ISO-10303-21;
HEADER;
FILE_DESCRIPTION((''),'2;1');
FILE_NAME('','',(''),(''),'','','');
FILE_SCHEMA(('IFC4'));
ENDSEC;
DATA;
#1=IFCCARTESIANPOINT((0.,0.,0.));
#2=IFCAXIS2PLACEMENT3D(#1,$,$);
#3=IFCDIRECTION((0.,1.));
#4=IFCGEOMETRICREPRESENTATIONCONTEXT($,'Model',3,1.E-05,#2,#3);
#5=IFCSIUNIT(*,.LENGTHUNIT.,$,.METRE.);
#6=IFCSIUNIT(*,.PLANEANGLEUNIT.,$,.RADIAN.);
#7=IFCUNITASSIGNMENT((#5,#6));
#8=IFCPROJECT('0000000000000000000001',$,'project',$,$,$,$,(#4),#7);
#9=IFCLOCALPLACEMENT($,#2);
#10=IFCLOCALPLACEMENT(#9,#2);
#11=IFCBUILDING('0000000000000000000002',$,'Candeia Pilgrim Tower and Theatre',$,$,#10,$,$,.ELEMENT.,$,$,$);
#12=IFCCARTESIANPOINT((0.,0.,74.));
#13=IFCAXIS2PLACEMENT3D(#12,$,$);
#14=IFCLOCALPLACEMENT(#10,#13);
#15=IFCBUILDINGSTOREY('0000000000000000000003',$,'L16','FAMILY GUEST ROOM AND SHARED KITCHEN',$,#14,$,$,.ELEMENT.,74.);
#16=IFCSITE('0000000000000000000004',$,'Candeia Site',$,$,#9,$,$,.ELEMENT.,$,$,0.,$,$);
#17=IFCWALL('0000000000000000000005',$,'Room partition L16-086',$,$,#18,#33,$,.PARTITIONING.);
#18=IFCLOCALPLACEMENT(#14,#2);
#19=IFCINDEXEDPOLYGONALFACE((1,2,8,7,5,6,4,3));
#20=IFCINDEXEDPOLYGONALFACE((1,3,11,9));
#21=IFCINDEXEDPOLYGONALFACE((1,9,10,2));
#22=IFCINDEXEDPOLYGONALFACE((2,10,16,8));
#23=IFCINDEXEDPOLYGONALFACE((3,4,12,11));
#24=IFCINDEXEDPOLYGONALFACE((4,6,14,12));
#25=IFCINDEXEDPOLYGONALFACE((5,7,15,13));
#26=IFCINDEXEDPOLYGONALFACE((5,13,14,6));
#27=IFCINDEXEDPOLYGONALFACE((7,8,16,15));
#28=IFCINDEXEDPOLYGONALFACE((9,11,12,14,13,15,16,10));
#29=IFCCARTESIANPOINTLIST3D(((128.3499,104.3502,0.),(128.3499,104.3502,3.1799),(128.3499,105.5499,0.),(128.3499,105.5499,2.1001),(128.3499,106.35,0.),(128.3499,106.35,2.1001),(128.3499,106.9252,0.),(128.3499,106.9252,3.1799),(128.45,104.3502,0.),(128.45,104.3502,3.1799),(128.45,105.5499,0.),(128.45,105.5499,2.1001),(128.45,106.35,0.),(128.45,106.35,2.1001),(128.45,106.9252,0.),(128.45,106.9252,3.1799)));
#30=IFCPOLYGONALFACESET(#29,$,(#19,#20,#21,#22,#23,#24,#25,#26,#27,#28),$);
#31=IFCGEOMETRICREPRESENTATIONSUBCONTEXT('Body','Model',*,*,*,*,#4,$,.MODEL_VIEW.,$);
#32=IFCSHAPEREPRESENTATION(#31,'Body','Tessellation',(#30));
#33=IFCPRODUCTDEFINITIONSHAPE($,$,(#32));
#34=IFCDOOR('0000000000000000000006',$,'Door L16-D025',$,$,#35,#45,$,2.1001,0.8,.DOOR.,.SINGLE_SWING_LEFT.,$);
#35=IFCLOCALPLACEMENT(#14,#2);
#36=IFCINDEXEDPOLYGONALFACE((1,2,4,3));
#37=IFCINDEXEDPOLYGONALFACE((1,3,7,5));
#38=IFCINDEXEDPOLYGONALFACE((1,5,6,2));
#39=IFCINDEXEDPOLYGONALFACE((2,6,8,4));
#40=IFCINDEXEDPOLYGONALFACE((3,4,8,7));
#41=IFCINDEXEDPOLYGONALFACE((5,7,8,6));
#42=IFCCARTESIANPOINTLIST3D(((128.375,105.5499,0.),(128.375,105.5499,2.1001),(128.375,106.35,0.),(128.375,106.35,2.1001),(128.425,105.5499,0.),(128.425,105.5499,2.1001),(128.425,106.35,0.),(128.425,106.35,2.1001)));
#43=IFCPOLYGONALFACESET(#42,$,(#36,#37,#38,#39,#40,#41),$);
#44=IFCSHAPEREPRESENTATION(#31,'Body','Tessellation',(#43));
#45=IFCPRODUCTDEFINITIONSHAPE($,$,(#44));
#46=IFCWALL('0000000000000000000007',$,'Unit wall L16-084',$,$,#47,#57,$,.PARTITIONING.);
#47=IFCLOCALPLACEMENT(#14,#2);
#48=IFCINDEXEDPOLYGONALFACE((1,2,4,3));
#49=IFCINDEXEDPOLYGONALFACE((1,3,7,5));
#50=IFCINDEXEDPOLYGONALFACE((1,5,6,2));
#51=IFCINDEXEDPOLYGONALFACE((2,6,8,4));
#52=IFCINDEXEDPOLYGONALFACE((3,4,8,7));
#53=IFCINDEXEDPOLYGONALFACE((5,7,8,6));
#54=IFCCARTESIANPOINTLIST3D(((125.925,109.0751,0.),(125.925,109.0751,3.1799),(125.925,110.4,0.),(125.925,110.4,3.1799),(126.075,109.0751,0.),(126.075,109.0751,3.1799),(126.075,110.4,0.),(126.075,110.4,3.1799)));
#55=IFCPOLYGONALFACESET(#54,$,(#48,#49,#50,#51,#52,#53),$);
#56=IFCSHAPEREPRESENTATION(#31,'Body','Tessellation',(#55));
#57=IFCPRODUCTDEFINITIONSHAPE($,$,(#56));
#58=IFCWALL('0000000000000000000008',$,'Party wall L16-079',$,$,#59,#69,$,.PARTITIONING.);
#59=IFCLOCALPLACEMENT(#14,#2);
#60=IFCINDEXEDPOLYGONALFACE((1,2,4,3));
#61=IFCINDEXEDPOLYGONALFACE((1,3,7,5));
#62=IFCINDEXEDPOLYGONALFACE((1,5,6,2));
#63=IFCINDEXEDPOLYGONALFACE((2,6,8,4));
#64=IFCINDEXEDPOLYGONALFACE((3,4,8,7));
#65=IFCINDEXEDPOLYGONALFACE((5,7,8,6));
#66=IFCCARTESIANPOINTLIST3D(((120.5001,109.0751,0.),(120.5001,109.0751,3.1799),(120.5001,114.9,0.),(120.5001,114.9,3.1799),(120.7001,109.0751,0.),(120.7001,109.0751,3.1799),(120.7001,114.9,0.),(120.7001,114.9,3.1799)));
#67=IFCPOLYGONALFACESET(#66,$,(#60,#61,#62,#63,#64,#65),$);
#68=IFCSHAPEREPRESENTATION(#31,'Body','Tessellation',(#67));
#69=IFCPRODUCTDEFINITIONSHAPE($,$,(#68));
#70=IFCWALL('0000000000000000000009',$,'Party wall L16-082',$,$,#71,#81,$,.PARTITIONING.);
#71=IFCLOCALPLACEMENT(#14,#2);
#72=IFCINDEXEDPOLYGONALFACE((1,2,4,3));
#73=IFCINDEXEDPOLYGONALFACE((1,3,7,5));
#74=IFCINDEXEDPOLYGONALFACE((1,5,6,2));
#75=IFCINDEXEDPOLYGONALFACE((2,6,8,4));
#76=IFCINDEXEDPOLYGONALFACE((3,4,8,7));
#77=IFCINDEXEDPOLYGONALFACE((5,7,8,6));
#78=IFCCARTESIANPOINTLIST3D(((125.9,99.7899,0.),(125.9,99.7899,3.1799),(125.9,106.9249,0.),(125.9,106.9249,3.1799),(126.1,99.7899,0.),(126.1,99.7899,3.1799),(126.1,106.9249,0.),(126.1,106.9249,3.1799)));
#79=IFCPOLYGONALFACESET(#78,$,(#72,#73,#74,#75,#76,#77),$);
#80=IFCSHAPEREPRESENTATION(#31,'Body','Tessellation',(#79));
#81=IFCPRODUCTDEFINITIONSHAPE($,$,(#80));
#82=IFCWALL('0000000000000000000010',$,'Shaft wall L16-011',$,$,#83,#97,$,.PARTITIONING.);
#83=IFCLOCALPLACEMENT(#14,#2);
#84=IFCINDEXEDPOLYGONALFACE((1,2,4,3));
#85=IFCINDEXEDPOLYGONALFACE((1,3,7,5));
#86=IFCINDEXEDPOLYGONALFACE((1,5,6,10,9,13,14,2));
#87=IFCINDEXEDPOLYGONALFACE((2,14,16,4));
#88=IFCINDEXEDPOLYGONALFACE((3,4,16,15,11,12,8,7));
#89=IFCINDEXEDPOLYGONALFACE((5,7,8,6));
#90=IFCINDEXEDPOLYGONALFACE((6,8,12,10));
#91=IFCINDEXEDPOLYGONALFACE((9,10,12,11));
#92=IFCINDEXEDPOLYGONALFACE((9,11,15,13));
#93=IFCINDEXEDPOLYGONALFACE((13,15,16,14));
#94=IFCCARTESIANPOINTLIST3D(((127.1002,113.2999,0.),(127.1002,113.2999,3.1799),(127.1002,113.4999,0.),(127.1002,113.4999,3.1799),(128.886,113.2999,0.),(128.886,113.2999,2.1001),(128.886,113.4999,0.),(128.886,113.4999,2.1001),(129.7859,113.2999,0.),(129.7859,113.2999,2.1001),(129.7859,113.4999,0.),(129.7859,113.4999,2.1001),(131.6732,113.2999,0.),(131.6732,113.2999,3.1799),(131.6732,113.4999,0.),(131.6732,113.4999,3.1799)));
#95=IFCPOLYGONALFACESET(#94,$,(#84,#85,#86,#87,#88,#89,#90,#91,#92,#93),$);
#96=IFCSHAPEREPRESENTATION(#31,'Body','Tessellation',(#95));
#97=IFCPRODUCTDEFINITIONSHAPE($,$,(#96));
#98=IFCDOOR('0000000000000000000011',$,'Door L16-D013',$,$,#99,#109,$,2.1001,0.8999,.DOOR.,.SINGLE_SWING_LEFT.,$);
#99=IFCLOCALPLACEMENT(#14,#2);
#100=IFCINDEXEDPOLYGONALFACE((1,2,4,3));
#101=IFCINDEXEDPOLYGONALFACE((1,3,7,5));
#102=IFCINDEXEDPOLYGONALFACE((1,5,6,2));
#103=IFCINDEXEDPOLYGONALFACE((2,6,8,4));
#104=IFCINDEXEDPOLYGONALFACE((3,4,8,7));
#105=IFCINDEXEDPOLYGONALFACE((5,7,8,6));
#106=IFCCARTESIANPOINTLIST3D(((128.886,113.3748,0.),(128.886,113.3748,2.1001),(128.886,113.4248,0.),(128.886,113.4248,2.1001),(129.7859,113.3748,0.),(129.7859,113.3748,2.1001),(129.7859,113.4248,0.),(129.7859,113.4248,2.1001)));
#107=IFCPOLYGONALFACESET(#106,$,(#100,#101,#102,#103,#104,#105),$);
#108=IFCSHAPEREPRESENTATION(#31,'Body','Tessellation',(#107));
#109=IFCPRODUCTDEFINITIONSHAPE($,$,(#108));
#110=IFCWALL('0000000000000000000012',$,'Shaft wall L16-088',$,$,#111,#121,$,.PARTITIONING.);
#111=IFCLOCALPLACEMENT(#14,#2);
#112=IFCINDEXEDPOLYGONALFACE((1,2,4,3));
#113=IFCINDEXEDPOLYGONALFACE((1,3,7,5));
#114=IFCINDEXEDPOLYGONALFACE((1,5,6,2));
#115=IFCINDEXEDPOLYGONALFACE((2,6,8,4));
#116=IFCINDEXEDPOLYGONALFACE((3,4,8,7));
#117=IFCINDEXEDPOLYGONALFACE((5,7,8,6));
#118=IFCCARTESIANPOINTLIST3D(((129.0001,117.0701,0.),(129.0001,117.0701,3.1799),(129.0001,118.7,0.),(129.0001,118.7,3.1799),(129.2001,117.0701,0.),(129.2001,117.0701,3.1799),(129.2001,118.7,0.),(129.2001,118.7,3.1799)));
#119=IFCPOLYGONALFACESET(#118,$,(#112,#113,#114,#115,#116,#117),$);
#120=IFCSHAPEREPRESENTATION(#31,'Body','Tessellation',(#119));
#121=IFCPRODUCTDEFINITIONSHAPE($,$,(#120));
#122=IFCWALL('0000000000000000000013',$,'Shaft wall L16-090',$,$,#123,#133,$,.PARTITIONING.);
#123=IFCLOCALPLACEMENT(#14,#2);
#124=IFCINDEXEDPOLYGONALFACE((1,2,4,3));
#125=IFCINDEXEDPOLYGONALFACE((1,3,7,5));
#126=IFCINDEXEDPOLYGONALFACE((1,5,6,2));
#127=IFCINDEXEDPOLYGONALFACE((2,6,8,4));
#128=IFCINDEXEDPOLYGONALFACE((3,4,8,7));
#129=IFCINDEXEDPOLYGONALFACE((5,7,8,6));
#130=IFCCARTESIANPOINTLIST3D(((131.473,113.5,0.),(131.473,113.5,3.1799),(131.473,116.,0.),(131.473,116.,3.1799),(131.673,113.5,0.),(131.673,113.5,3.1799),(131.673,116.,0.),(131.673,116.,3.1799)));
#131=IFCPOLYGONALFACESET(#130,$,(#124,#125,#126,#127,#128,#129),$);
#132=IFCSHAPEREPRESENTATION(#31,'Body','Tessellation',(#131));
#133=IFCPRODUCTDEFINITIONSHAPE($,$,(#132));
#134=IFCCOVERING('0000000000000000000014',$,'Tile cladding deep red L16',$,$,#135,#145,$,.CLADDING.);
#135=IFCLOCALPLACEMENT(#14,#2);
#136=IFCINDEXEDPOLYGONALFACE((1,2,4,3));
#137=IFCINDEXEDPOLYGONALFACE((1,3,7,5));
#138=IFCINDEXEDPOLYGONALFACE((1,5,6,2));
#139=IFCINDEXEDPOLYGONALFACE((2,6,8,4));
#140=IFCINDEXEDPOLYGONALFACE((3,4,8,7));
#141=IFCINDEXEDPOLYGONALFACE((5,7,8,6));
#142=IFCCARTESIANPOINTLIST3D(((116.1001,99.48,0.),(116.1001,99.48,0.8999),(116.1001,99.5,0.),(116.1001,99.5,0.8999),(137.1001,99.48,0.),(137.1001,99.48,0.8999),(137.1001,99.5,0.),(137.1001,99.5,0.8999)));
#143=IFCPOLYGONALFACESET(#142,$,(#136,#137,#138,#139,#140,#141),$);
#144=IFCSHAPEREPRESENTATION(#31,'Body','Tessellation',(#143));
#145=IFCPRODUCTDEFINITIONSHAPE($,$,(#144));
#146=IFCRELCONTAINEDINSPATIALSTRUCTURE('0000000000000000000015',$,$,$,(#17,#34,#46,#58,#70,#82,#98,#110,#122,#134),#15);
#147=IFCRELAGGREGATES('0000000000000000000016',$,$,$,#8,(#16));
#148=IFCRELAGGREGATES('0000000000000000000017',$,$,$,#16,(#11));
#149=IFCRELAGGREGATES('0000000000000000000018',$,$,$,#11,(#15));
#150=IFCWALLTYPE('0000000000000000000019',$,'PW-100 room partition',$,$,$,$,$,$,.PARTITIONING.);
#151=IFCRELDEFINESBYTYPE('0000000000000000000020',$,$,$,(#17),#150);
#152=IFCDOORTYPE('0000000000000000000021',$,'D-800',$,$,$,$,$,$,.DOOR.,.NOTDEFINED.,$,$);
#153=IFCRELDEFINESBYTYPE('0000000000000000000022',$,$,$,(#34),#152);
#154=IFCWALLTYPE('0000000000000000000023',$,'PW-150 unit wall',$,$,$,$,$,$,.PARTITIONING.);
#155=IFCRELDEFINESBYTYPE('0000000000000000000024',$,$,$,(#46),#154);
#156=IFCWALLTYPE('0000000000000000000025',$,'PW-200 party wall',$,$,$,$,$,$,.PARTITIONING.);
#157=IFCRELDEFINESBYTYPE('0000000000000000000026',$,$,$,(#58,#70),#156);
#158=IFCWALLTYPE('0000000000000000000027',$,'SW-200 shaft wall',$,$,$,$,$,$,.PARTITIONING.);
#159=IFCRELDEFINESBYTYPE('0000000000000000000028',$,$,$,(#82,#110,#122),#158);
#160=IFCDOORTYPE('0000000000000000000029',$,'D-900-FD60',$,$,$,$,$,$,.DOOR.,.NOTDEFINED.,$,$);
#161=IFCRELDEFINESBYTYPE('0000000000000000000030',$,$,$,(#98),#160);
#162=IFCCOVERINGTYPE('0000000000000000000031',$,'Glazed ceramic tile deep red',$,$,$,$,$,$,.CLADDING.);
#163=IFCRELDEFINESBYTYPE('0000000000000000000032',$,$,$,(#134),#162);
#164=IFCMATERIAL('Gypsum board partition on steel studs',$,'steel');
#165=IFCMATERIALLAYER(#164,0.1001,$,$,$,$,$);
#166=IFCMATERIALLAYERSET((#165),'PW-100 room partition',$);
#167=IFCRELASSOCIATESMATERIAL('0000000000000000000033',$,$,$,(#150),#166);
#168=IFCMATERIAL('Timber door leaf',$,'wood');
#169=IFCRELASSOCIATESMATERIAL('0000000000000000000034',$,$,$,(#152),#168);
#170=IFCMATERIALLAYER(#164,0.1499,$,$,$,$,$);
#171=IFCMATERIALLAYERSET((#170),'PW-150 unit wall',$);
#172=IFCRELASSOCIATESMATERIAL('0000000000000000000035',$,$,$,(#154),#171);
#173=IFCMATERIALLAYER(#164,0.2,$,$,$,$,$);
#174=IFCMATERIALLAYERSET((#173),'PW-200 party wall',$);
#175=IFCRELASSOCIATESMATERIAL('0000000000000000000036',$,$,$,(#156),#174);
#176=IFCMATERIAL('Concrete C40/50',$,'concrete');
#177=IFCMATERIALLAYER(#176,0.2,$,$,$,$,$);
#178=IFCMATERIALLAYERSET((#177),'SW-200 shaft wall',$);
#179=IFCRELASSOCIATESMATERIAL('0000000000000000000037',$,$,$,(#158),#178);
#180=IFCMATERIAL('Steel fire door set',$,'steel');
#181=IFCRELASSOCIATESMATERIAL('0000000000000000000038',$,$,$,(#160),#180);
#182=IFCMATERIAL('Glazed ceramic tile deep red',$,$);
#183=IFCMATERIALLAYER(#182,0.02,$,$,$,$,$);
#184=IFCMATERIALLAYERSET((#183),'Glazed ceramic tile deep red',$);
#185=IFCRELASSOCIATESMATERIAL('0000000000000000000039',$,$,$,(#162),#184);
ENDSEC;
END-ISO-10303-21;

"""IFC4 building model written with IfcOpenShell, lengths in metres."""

from ifc_helpers import new_model, si_unit, direction, frame, frame_2d, origin, origin_2d, place, context, subcontext, project, spatial, rectangle, extrude, material, layer, layer_set, type_object, element, fill, save


model = new_model("IFC4")

# Units and contexts
model_context = context("Model", 3, precision=1e-05, world=origin(), true_north=direction((0.0, 1.0)))
body_context = subcontext(model_context, "Body", "Model", "MODEL_VIEW")
ifc_project = project(units=[si_unit("LENGTHUNIT", "METRE"), si_unit("PLANEANGLEUNIT", "RADIAN")], contexts=[model_context])

# Site, building, storey
site_placement = place(None, origin())
site = spatial("IfcSite", under=ifc_project, at=site_placement, Name="Candeia Site", CompositionType="ELEMENT", RefElevation=0.0)
building_placement = place(site_placement, origin())
building = spatial("IfcBuilding", under=site, at=building_placement, Name="Candeia Pilgrim Tower and Theatre", CompositionType="ELEMENT")
storey_placement = place(building_placement, frame((0.0, 0.0, 74.0)))
storey = spatial("IfcBuildingStorey", under=building, at=storey_placement, Name="L16", Description="FAMILY GUEST ROOM AND SHARED KITCHEN", CompositionType="ELEMENT", Elevation=74.0)

# Shared definitions
ifc_material_1 = material(Name="Gypsum board partition on steel studs", Category="steel")
ifc_layer_1 = layer(ifc_material_1, 0.1001)
ifc_layer_set_1 = layer_set([ifc_layer_1], Name="PW-100 room partition")
wall_type_1 = type_object("IfcWallType", Name="PW-100 room partition", PredefinedType="PARTITIONING", material=ifc_layer_set_1)

# Shared definitions
ifc_material_2 = material(Name="Timber door leaf", Category="wood")
door_type_1 = type_object("IfcDoorType", Name="D-800", OperationType="NOTDEFINED", PredefinedType="DOOR", material=ifc_material_2)

# Wall, opening, door
wall_1_placement = place(storey_placement, frame((128.3999, 104.3501, 0.0), z_axis=(0.0, 0.0, 1.0), x_axis=(0.0, 1.0, 0.0)))
wall_1 = element("IfcWall", 1, at=wall_1_placement, inside=storey, type_object=wall_type_1, Name="Room partition L16-086", PredefinedType="PARTITIONING", context=body_context, shape_type="SweptSolid", body=[
    extrude(rectangle(XDim=2.575, YDim=0.1001, at=frame_2d((1.2876, 0.0))), origin(), (0.0, 0.0, 1.0), 3.1799),
])
opening_1_placement = place(wall_1_placement, frame((1.2, 0.0, 0.0)))
opening_1 = element("IfcOpeningElement", 2, at=opening_1_placement, cuts=wall_1, PredefinedType="OPENING", context=body_context, shape_type="SweptSolid", body=[
    extrude(rectangle(XDim=0.8, YDim=2.1001, at=frame_2d((0.3999, 1.05))), frame((0.0, 0.0601, 0.0), z_axis=(0.0, -1.0, 0.0), x_axis=(1.0, 0.0, 0.0)), (0.0, 0.0, 1.0), 0.1201),
])
door_1_placement = place(opening_1_placement, origin())
door_1 = element("IfcDoor", 3, at=door_1_placement, inside=storey, type_object=door_type_1, Name="Door L16-D025", OperationType="SINGLE_SWING_LEFT", OverallHeight=2.1001, OverallWidth=0.8, PredefinedType="DOOR", context=body_context, shape_type="SweptSolid", body=[
    extrude(rectangle(XDim=0.8, YDim=2.1001, at=frame_2d((0.3999, 1.05))), frame((0.0, 0.0249, 0.0), z_axis=(0.0, -1.0, 0.0), x_axis=(1.0, 0.0, 0.0)), (0.0, 0.0, 1.0), 0.05),
])
fill(opening_1, door_1)

# Walls
ifc_layer_2 = layer(ifc_material_1, 0.1499)
ifc_layer_set_2 = layer_set([ifc_layer_2], Name="PW-150 unit wall")
wall_type_2 = type_object("IfcWallType", Name="PW-150 unit wall", PredefinedType="PARTITIONING", material=ifc_layer_set_2)
wall_2_placement = place(storey_placement, frame((126.0, 109.075, 0.0), z_axis=(0.0, 0.0, 1.0), x_axis=(0.0, 1.0, 0.0)))
element("IfcWall", 4, at=wall_2_placement, inside=storey, type_object=wall_type_2, Name="Unit wall L16-084", PredefinedType="PARTITIONING", context=body_context, shape_type="SweptSolid", body=[
    extrude(rectangle(XDim=1.325, YDim=0.1499, at=frame_2d((0.6626, 0.0))), origin(), (0.0, 0.0, 1.0), 3.1799),
])
ifc_layer_3 = layer(ifc_material_1, 0.2)
ifc_layer_set_3 = layer_set([ifc_layer_3], Name="PW-200 party wall")
wall_type_3 = type_object("IfcWallType", Name="PW-200 party wall", PredefinedType="PARTITIONING", material=ifc_layer_set_3)
wall_3_placement = place(storey_placement, frame((120.6001, 109.075, 0.0), z_axis=(0.0, 0.0, 1.0), x_axis=(0.0, 1.0, 0.0)))
element("IfcWall", 5, at=wall_3_placement, inside=storey, type_object=wall_type_3, Name="Party wall L16-079", PredefinedType="PARTITIONING", context=body_context, shape_type="SweptSolid", body=[
    extrude(rectangle(XDim=5.825, YDim=0.2, at=frame_2d((2.9126, 0.0))), origin(), (0.0, 0.0, 1.0), 3.1799),
])
wall_4_placement = place(storey_placement, frame((126.0, 99.79, 0.0), z_axis=(0.0, 0.0, 1.0), x_axis=(0.0, 1.0, 0.0)))
element("IfcWall", 6, at=wall_4_placement, inside=storey, type_object=wall_type_3, Name="Party wall L16-082", PredefinedType="PARTITIONING", context=body_context, shape_type="SweptSolid", body=[
    extrude(rectangle(XDim=7.135, YDim=0.2, at=frame_2d((3.5674, 0.0))), origin(), (0.0, 0.0, 1.0), 3.1799),
])

# Wall, opening, door
ifc_material_3 = material(Name="Concrete C40/50", Category="concrete")
ifc_layer_4 = layer(ifc_material_3, 0.2)
ifc_layer_set_4 = layer_set([ifc_layer_4], Name="SW-200 shaft wall")
wall_type_4 = type_object("IfcWallType", Name="SW-200 shaft wall", PredefinedType="PARTITIONING", material=ifc_layer_set_4)
wall_5_placement = place(storey_placement, frame((127.1001, 113.3999, 0.0), z_axis=(0.0, 0.0, 1.0), x_axis=(1.0, 0.0, 0.0)))
wall_5 = element("IfcWall", 7, at=wall_5_placement, inside=storey, type_object=wall_type_4, Name="Shaft wall L16-011", PredefinedType="PARTITIONING", context=body_context, shape_type="SweptSolid", body=[
    extrude(rectangle(XDim=4.573, YDim=0.2, at=frame_2d((2.2866, 0.0))), origin(), (0.0, 0.0, 1.0), 3.1799),
])
opening_2_placement = place(wall_5_placement, frame((1.7859, 0.0, 0.0)))
opening_2 = element("IfcOpeningElement", 8, at=opening_2_placement, cuts=wall_5, PredefinedType="OPENING", context=body_context, shape_type="SweptSolid", body=[
    extrude(rectangle(XDim=0.8999, YDim=2.1001, at=frame_2d((0.45, 1.05))), frame((0.0, 0.1099, 0.0), z_axis=(0.0, -1.0, 0.0), x_axis=(1.0, 0.0, 0.0)), (0.0, 0.0, 1.0), 0.22),
])
ifc_material_4 = material(Name="Steel fire door set", Category="steel")
door_type_2 = type_object("IfcDoorType", Name="D-900-FD60", OperationType="NOTDEFINED", PredefinedType="DOOR", material=ifc_material_4)
door_2_placement = place(opening_2_placement, origin())
door_2 = element("IfcDoor", 9, at=door_2_placement, inside=storey, type_object=door_type_2, Name="Door L16-D013", OperationType="SINGLE_SWING_LEFT", OverallHeight=2.1001, OverallWidth=0.8999, PredefinedType="DOOR", context=body_context, shape_type="SweptSolid", body=[
    extrude(rectangle(XDim=0.8999, YDim=2.1001, at=frame_2d((0.45, 1.05))), frame((0.0, 0.0249, 0.0), z_axis=(0.0, -1.0, 0.0), x_axis=(1.0, 0.0, 0.0)), (0.0, 0.0, 1.0), 0.05),
])
fill(opening_2, door_2)

# Walls
wall_6_placement = place(storey_placement, frame((129.1001, 117.0701, 0.0), z_axis=(0.0, 0.0, 1.0), x_axis=(0.0, 1.0, 0.0)))
element("IfcWall", 10, at=wall_6_placement, inside=storey, type_object=wall_type_4, Name="Shaft wall L16-088", PredefinedType="PARTITIONING", context=body_context, shape_type="SweptSolid", body=[
    extrude(rectangle(XDim=1.6299, YDim=0.2, at=frame_2d((0.8149, 0.0))), origin(), (0.0, 0.0, 1.0), 3.1799),
])
wall_7_placement = place(storey_placement, frame((131.573, 113.5, 0.0), z_axis=(0.0, 0.0, 1.0), x_axis=(0.0, 1.0, 0.0)))
element("IfcWall", 11, at=wall_7_placement, inside=storey, type_object=wall_type_4, Name="Shaft wall L16-090", PredefinedType="PARTITIONING", context=body_context, shape_type="SweptSolid", body=[
    extrude(rectangle(XDim=2.5, YDim=0.2, at=frame_2d((1.25, 0.0))), origin(), (0.0, 0.0, 1.0), 3.1799),
])

# Covering
ifc_material_5 = material(Name="Glazed ceramic tile deep red")
ifc_layer_5 = layer(ifc_material_5, 0.02)
ifc_layer_set_5 = layer_set([ifc_layer_5], Name="Glazed ceramic tile deep red")
covering_type = type_object("IfcCoveringType", Name="Glazed ceramic tile deep red", PredefinedType="CLADDING", material=ifc_layer_set_5)
covering_placement = place(storey_placement, frame((126.6001, 99.49, 0.0), z_axis=(0.0, 0.0, 1.0), x_axis=(1.0, 0.0, 0.0)))
element("IfcCovering", 12, at=covering_placement, inside=storey, type_object=covering_type, Name="Tile cladding deep red L16", PredefinedType="CLADDING", context=body_context, shape_type="SweptSolid", body=[
    extrude(rectangle(XDim=21.0, YDim=0.02, at=origin_2d()), origin(), (0.0, 0.0, 1.0), 0.8999),
])

save(model, "model.ifc")
